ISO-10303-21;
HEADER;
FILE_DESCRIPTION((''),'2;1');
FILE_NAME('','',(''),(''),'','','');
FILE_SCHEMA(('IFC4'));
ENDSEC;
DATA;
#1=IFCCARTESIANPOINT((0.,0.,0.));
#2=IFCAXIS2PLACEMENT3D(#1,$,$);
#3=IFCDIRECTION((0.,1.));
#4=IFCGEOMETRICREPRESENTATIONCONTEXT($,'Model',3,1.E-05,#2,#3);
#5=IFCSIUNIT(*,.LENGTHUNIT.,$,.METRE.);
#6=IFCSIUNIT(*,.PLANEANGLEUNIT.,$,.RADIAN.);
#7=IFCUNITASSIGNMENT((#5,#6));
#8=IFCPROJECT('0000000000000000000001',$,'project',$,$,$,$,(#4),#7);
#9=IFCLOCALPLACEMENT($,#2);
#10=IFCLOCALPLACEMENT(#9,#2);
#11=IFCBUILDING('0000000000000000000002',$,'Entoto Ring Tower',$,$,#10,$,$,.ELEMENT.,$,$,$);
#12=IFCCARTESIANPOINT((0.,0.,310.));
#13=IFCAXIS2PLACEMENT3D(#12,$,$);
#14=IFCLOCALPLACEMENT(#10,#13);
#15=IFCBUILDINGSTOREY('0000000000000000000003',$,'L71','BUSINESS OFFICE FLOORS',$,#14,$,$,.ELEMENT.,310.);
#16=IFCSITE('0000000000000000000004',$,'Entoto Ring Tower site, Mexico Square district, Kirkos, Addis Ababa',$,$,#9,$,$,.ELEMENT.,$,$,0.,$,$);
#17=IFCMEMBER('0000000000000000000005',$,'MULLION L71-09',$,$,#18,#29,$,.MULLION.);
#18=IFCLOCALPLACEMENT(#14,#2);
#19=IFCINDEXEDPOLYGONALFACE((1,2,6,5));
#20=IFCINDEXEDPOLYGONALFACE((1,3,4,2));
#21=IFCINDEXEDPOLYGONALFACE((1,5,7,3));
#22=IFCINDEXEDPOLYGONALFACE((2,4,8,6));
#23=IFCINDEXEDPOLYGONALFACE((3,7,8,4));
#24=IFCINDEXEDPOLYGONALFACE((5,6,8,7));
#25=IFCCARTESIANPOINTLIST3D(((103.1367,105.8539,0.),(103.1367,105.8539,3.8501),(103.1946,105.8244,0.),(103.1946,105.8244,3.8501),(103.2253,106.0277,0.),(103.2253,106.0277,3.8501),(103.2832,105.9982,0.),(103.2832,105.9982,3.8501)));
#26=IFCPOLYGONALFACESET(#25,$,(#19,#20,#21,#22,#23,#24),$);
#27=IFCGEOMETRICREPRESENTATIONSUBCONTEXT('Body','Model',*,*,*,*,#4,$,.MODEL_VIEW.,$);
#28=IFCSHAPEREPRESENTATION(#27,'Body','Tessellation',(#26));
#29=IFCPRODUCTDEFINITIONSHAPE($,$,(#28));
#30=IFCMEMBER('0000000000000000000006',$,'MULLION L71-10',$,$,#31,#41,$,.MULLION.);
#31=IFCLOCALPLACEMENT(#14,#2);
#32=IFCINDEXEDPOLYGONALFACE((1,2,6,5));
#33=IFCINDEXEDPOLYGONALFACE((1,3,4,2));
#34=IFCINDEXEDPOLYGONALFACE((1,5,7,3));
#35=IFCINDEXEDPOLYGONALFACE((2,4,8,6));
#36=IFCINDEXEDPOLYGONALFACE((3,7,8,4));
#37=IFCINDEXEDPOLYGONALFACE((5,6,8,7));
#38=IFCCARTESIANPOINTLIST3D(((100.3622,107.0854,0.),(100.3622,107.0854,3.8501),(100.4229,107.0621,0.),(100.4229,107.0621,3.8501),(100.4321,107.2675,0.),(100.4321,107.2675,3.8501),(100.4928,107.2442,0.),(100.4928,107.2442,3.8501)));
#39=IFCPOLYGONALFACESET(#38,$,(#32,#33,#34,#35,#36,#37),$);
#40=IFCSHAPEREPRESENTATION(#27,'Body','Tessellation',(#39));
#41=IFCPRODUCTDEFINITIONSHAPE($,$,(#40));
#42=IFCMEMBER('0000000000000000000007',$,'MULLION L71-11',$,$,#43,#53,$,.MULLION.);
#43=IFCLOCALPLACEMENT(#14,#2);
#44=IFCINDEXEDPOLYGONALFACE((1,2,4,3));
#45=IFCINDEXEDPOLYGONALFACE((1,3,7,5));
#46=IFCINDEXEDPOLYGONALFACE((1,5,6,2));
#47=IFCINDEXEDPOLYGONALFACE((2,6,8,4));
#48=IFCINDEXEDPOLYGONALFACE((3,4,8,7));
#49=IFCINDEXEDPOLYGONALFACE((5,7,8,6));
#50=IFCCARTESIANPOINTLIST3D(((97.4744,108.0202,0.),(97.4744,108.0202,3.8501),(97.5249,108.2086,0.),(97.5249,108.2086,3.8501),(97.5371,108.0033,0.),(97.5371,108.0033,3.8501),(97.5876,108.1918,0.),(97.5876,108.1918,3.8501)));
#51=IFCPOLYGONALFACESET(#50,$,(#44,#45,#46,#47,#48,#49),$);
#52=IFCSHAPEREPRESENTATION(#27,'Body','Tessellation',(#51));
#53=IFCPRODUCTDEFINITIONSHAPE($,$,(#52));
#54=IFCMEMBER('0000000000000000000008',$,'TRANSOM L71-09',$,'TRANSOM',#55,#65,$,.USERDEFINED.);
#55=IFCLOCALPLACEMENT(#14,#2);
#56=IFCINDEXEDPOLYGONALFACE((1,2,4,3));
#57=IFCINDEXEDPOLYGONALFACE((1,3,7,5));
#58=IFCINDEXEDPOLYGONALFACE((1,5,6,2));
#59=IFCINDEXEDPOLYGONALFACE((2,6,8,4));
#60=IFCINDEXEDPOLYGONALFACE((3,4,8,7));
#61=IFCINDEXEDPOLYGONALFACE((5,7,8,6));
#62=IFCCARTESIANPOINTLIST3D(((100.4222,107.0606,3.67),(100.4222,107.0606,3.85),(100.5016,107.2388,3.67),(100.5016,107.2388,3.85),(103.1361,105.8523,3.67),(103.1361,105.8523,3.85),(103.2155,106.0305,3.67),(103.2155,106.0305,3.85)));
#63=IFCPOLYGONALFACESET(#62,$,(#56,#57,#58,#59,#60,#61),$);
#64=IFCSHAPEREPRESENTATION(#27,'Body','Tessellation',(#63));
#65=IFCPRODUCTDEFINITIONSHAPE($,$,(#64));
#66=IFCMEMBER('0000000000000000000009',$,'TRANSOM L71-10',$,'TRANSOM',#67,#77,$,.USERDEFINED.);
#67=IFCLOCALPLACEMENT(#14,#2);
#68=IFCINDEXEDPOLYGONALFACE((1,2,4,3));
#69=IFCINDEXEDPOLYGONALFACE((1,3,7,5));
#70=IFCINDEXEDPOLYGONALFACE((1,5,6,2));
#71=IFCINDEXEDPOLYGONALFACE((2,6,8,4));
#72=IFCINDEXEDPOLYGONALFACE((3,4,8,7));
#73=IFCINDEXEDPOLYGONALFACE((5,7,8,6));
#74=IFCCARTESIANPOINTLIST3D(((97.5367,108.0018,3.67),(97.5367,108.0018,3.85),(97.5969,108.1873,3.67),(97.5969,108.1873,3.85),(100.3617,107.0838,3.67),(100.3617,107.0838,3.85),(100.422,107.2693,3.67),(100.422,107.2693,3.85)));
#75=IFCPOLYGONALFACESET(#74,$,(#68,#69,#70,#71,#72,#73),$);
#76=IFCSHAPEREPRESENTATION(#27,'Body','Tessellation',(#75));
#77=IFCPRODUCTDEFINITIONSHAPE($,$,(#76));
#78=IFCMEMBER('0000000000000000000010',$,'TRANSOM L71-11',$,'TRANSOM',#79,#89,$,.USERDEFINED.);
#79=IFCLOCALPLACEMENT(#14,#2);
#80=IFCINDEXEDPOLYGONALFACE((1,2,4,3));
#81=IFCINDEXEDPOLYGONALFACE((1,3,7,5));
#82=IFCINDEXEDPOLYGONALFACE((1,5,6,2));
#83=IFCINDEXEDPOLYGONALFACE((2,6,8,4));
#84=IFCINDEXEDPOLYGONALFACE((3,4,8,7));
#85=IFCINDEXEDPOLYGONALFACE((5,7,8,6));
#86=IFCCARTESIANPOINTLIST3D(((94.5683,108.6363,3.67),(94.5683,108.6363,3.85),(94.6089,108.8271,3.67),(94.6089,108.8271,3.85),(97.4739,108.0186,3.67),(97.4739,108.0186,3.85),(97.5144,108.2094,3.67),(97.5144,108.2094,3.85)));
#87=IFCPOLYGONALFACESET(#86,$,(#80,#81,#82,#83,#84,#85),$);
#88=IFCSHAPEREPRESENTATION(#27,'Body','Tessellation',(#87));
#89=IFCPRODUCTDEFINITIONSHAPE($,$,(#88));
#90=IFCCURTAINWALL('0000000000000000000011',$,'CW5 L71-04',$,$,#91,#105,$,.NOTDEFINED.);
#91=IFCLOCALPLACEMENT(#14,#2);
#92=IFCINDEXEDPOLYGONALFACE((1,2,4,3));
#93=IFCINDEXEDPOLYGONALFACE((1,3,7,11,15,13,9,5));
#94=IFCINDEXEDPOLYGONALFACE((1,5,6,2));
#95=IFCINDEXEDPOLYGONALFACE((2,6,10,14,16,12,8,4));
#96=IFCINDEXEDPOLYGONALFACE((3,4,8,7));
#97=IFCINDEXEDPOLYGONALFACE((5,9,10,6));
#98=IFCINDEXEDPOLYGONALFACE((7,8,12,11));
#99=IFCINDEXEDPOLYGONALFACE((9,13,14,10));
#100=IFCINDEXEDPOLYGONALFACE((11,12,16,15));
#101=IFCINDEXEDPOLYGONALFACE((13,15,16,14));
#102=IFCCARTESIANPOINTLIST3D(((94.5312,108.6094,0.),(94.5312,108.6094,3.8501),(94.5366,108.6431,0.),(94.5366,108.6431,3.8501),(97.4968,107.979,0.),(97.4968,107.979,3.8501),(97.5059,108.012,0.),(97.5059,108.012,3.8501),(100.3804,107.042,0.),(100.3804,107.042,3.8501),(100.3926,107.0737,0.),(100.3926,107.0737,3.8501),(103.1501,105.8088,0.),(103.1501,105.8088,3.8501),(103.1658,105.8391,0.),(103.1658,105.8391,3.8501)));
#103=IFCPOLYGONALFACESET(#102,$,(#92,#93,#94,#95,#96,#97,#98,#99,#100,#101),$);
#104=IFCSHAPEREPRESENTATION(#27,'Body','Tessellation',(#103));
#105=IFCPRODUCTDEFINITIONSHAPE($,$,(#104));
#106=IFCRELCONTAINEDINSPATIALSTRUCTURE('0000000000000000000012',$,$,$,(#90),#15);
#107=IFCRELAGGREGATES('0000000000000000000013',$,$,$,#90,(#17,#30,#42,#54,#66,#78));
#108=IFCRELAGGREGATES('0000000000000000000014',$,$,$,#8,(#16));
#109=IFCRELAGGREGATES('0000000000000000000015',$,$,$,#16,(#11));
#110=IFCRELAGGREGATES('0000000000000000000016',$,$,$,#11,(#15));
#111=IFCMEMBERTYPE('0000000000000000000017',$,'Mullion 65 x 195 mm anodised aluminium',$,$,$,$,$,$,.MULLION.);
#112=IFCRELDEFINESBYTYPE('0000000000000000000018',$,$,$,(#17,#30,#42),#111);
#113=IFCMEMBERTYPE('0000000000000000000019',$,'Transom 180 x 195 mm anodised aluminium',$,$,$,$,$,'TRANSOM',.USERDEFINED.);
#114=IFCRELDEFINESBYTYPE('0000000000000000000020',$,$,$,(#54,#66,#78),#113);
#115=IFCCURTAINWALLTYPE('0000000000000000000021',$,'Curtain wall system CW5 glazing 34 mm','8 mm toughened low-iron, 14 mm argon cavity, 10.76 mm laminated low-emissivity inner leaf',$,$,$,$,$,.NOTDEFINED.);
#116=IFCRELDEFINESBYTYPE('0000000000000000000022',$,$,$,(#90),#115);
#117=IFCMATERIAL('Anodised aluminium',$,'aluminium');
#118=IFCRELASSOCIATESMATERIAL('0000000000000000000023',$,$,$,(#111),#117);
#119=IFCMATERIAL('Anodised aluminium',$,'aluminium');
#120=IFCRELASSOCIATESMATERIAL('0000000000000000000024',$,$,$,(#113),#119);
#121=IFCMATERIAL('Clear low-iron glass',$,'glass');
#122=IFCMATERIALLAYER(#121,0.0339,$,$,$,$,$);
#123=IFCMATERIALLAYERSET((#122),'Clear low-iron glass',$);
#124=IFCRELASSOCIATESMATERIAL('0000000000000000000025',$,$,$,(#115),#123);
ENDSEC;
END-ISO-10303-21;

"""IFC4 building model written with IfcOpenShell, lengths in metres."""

from ifc_helpers import new_model, si_unit, direction, frame, origin, origin_2d, place, context, subcontext, project, spatial, polyline, rectangle, outline, extrude, material, layer, layer_set, material_profile, profile_set, type_object, element, aggregate, save


model = new_model("IFC4")

# Units and contexts
model_context = context("Model", 3, precision=1e-05, world=origin(), true_north=direction((0.0, 1.0)))
body_context = subcontext(model_context, "Body", "Model", "MODEL_VIEW")
ifc_project = project(units=[si_unit("LENGTHUNIT", "METRE"), si_unit("PLANEANGLEUNIT", "RADIAN")], contexts=[model_context])

# Members
ifc_material_1 = material(Name="Anodised aluminium", Category="aluminium")
ifc_material_profile_1 = material_profile(ifc_material_1, rectangle(XDim=0.0649, YDim=0.1951, at=origin_2d()), Name="Mullion 65 x 195 mm anodised aluminium")
ifc_profile_set_1 = profile_set([ifc_material_profile_1], Name="Anodised aluminium")
member_type_1 = type_object("IfcMemberType", Name="Mullion 65 x 195 mm anodised aluminium", PredefinedType="MULLION", material=ifc_profile_set_1)
site_placement = place(None, origin())
building_placement = place(site_placement, origin())
storey_placement = place(building_placement, frame((0.0, 0.0, 310.0)))
member_1_placement = place(storey_placement, frame((103.21, 105.926, 0.0), z_axis=(0.0, 0.0, 1.0), x_axis=(-0.891007, 0.45399, 0.0)))
member_1 = element("IfcMember", 1, at=member_1_placement, type_object=member_type_1, Name="MULLION L71-09", PredefinedType="MULLION", context=body_context, shape_type="SweptSolid", body=[
    extrude(rectangle(XDim=0.0649, YDim=0.1951, at=origin_2d()), origin(), (0.0, 0.0, 1.0), 3.8501),
])
member_2_placement = place(storey_placement, frame((100.4275, 107.1648, 0.0), z_axis=(0.0, 0.0, 1.0), x_axis=(-0.93358, 0.358368, 0.0)))
member_2 = element("IfcMember", 2, at=member_2_placement, type_object=member_type_1, Name="MULLION L71-10", PredefinedType="MULLION", context=body_context, shape_type="SweptSolid", body=[
    extrude(rectangle(XDim=0.0649, YDim=0.1951, at=origin_2d()), origin(), (0.0, 0.0, 1.0), 3.8501),
])
member_3_placement = place(storey_placement, frame((97.531, 108.106, 0.0), z_axis=(0.0, 0.0, 1.0), x_axis=(-0.965926, 0.258819, 0.0)))
member_3 = element("IfcMember", 3, at=member_3_placement, type_object=member_type_1, Name="MULLION L71-11", PredefinedType="MULLION", context=body_context, shape_type="SweptSolid", body=[
    extrude(rectangle(XDim=0.0649, YDim=0.1951, at=origin_2d()), origin(), (0.0, 0.0, 1.0), 3.8501),
])
ifc_material_2 = material(Name="Anodised aluminium", Category="aluminium")
ifc_material_profile_2 = material_profile(ifc_material_2, rectangle(XDim=0.1951, YDim=0.1799, at=origin_2d()), Name="Transom 180 x 195 mm anodised aluminium")
ifc_profile_set_2 = profile_set([ifc_material_profile_2], Name="Anodised aluminium")
member_type_2 = type_object("IfcMemberType", Name="Transom 180 x 195 mm anodised aluminium", ElementType="TRANSOM", PredefinedType="USERDEFINED", material=ifc_profile_set_2)
member_4_placement = place(storey_placement, frame((103.1758, 105.9414, 3.76), z_axis=(-0.91355, 0.406726, 0.0), x_axis=(-0.406726, -0.91355, 0.0)))
member_4 = element("IfcMember", 4, at=member_4_placement, type_object=member_type_2, Name="TRANSOM L71-09", ObjectType="TRANSOM", PredefinedType="USERDEFINED", context=body_context, shape_type="SweptSolid", body=[
    extrude(rectangle(XDim=0.1951, YDim=0.1799, at=origin_2d()), origin(), (0.0, 0.0, 1.0), 2.9707),
])
member_5_placement = place(storey_placement, frame((100.3918, 107.1765, 3.76), z_axis=(-0.951048, 0.309043, 0.0), x_axis=(-0.309043, -0.951048, 0.0)))
member_5 = element("IfcMember", 5, at=member_5_placement, type_object=member_type_2, Name="TRANSOM L71-10", ObjectType="TRANSOM", PredefinedType="USERDEFINED", context=body_context, shape_type="SweptSolid", body=[
    extrude(rectangle(XDim=0.1951, YDim=0.1799, at=origin_2d()), origin(), (0.0, 0.0, 1.0), 2.9705),
])
member_6_placement = place(storey_placement, frame((97.4941, 108.114, 3.76), z_axis=(-0.978142, 0.20794, 0.0), x_axis=(-0.20794, -0.978142, 0.0)))
member_6 = element("IfcMember", 6, at=member_6_placement, type_object=member_type_2, Name="TRANSOM L71-11", ObjectType="TRANSOM", PredefinedType="USERDEFINED", context=body_context, shape_type="SweptSolid", body=[
    extrude(rectangle(XDim=0.1951, YDim=0.1799, at=origin_2d()), origin(), (0.0, 0.0, 1.0), 2.9705),
])

# Site, building, storey
site = spatial("IfcSite", under=ifc_project, at=site_placement, Name="Entoto Ring Tower site, Mexico Square district, Kirkos, Addis Ababa", CompositionType="ELEMENT", RefElevation=0.0)
building = spatial("IfcBuilding", under=site, at=building_placement, Name="Entoto Ring Tower", CompositionType="ELEMENT")
storey = spatial("IfcBuildingStorey", under=building, at=storey_placement, Name="L71", Description="BUSINESS OFFICE FLOORS", CompositionType="ELEMENT", Elevation=310.0)

# Curtain wall
ifc_material_3 = material(Name="Clear low-iron glass", Category="glass")
ifc_layer = layer(ifc_material_3, 0.0339)
ifc_layer_set = layer_set([ifc_layer], Name="Clear low-iron glass")
curtain_wall_type = type_object("IfcCurtainWallType", Name="Curtain wall system CW5 glazing 34 mm", Description="8 mm toughened low-iron, 14 mm argon cavity, 10.76 mm laminated low-emissivity inner leaf", PredefinedType="NOTDEFINED", material=ifc_layer_set)
curtain_wall_1_placement = place(storey_placement, origin())
curtain_wall_1 = element("IfcCurtainWall", 7, at=curtain_wall_1_placement, inside=storey, type_object=curtain_wall_type, Name="CW5 L71-04", PredefinedType="NOTDEFINED", context=body_context, shape_type="SweptSolid", body=[
    extrude(outline(polyline([(103.1658, 105.8391), (100.3926, 107.0737), (97.5059, 108.012), (94.5366, 108.6431), (94.5312, 108.6094), (97.4968, 107.979), (100.3804, 107.042), (103.1501, 105.8088), (103.1658, 105.8391)])), origin(), (0.0, 0.0, 1.0), 3.8501),
])
aggregate(curtain_wall_1, [member_1, member_2, member_3, member_4, member_5, member_6])

save(model, "model.ifc")
